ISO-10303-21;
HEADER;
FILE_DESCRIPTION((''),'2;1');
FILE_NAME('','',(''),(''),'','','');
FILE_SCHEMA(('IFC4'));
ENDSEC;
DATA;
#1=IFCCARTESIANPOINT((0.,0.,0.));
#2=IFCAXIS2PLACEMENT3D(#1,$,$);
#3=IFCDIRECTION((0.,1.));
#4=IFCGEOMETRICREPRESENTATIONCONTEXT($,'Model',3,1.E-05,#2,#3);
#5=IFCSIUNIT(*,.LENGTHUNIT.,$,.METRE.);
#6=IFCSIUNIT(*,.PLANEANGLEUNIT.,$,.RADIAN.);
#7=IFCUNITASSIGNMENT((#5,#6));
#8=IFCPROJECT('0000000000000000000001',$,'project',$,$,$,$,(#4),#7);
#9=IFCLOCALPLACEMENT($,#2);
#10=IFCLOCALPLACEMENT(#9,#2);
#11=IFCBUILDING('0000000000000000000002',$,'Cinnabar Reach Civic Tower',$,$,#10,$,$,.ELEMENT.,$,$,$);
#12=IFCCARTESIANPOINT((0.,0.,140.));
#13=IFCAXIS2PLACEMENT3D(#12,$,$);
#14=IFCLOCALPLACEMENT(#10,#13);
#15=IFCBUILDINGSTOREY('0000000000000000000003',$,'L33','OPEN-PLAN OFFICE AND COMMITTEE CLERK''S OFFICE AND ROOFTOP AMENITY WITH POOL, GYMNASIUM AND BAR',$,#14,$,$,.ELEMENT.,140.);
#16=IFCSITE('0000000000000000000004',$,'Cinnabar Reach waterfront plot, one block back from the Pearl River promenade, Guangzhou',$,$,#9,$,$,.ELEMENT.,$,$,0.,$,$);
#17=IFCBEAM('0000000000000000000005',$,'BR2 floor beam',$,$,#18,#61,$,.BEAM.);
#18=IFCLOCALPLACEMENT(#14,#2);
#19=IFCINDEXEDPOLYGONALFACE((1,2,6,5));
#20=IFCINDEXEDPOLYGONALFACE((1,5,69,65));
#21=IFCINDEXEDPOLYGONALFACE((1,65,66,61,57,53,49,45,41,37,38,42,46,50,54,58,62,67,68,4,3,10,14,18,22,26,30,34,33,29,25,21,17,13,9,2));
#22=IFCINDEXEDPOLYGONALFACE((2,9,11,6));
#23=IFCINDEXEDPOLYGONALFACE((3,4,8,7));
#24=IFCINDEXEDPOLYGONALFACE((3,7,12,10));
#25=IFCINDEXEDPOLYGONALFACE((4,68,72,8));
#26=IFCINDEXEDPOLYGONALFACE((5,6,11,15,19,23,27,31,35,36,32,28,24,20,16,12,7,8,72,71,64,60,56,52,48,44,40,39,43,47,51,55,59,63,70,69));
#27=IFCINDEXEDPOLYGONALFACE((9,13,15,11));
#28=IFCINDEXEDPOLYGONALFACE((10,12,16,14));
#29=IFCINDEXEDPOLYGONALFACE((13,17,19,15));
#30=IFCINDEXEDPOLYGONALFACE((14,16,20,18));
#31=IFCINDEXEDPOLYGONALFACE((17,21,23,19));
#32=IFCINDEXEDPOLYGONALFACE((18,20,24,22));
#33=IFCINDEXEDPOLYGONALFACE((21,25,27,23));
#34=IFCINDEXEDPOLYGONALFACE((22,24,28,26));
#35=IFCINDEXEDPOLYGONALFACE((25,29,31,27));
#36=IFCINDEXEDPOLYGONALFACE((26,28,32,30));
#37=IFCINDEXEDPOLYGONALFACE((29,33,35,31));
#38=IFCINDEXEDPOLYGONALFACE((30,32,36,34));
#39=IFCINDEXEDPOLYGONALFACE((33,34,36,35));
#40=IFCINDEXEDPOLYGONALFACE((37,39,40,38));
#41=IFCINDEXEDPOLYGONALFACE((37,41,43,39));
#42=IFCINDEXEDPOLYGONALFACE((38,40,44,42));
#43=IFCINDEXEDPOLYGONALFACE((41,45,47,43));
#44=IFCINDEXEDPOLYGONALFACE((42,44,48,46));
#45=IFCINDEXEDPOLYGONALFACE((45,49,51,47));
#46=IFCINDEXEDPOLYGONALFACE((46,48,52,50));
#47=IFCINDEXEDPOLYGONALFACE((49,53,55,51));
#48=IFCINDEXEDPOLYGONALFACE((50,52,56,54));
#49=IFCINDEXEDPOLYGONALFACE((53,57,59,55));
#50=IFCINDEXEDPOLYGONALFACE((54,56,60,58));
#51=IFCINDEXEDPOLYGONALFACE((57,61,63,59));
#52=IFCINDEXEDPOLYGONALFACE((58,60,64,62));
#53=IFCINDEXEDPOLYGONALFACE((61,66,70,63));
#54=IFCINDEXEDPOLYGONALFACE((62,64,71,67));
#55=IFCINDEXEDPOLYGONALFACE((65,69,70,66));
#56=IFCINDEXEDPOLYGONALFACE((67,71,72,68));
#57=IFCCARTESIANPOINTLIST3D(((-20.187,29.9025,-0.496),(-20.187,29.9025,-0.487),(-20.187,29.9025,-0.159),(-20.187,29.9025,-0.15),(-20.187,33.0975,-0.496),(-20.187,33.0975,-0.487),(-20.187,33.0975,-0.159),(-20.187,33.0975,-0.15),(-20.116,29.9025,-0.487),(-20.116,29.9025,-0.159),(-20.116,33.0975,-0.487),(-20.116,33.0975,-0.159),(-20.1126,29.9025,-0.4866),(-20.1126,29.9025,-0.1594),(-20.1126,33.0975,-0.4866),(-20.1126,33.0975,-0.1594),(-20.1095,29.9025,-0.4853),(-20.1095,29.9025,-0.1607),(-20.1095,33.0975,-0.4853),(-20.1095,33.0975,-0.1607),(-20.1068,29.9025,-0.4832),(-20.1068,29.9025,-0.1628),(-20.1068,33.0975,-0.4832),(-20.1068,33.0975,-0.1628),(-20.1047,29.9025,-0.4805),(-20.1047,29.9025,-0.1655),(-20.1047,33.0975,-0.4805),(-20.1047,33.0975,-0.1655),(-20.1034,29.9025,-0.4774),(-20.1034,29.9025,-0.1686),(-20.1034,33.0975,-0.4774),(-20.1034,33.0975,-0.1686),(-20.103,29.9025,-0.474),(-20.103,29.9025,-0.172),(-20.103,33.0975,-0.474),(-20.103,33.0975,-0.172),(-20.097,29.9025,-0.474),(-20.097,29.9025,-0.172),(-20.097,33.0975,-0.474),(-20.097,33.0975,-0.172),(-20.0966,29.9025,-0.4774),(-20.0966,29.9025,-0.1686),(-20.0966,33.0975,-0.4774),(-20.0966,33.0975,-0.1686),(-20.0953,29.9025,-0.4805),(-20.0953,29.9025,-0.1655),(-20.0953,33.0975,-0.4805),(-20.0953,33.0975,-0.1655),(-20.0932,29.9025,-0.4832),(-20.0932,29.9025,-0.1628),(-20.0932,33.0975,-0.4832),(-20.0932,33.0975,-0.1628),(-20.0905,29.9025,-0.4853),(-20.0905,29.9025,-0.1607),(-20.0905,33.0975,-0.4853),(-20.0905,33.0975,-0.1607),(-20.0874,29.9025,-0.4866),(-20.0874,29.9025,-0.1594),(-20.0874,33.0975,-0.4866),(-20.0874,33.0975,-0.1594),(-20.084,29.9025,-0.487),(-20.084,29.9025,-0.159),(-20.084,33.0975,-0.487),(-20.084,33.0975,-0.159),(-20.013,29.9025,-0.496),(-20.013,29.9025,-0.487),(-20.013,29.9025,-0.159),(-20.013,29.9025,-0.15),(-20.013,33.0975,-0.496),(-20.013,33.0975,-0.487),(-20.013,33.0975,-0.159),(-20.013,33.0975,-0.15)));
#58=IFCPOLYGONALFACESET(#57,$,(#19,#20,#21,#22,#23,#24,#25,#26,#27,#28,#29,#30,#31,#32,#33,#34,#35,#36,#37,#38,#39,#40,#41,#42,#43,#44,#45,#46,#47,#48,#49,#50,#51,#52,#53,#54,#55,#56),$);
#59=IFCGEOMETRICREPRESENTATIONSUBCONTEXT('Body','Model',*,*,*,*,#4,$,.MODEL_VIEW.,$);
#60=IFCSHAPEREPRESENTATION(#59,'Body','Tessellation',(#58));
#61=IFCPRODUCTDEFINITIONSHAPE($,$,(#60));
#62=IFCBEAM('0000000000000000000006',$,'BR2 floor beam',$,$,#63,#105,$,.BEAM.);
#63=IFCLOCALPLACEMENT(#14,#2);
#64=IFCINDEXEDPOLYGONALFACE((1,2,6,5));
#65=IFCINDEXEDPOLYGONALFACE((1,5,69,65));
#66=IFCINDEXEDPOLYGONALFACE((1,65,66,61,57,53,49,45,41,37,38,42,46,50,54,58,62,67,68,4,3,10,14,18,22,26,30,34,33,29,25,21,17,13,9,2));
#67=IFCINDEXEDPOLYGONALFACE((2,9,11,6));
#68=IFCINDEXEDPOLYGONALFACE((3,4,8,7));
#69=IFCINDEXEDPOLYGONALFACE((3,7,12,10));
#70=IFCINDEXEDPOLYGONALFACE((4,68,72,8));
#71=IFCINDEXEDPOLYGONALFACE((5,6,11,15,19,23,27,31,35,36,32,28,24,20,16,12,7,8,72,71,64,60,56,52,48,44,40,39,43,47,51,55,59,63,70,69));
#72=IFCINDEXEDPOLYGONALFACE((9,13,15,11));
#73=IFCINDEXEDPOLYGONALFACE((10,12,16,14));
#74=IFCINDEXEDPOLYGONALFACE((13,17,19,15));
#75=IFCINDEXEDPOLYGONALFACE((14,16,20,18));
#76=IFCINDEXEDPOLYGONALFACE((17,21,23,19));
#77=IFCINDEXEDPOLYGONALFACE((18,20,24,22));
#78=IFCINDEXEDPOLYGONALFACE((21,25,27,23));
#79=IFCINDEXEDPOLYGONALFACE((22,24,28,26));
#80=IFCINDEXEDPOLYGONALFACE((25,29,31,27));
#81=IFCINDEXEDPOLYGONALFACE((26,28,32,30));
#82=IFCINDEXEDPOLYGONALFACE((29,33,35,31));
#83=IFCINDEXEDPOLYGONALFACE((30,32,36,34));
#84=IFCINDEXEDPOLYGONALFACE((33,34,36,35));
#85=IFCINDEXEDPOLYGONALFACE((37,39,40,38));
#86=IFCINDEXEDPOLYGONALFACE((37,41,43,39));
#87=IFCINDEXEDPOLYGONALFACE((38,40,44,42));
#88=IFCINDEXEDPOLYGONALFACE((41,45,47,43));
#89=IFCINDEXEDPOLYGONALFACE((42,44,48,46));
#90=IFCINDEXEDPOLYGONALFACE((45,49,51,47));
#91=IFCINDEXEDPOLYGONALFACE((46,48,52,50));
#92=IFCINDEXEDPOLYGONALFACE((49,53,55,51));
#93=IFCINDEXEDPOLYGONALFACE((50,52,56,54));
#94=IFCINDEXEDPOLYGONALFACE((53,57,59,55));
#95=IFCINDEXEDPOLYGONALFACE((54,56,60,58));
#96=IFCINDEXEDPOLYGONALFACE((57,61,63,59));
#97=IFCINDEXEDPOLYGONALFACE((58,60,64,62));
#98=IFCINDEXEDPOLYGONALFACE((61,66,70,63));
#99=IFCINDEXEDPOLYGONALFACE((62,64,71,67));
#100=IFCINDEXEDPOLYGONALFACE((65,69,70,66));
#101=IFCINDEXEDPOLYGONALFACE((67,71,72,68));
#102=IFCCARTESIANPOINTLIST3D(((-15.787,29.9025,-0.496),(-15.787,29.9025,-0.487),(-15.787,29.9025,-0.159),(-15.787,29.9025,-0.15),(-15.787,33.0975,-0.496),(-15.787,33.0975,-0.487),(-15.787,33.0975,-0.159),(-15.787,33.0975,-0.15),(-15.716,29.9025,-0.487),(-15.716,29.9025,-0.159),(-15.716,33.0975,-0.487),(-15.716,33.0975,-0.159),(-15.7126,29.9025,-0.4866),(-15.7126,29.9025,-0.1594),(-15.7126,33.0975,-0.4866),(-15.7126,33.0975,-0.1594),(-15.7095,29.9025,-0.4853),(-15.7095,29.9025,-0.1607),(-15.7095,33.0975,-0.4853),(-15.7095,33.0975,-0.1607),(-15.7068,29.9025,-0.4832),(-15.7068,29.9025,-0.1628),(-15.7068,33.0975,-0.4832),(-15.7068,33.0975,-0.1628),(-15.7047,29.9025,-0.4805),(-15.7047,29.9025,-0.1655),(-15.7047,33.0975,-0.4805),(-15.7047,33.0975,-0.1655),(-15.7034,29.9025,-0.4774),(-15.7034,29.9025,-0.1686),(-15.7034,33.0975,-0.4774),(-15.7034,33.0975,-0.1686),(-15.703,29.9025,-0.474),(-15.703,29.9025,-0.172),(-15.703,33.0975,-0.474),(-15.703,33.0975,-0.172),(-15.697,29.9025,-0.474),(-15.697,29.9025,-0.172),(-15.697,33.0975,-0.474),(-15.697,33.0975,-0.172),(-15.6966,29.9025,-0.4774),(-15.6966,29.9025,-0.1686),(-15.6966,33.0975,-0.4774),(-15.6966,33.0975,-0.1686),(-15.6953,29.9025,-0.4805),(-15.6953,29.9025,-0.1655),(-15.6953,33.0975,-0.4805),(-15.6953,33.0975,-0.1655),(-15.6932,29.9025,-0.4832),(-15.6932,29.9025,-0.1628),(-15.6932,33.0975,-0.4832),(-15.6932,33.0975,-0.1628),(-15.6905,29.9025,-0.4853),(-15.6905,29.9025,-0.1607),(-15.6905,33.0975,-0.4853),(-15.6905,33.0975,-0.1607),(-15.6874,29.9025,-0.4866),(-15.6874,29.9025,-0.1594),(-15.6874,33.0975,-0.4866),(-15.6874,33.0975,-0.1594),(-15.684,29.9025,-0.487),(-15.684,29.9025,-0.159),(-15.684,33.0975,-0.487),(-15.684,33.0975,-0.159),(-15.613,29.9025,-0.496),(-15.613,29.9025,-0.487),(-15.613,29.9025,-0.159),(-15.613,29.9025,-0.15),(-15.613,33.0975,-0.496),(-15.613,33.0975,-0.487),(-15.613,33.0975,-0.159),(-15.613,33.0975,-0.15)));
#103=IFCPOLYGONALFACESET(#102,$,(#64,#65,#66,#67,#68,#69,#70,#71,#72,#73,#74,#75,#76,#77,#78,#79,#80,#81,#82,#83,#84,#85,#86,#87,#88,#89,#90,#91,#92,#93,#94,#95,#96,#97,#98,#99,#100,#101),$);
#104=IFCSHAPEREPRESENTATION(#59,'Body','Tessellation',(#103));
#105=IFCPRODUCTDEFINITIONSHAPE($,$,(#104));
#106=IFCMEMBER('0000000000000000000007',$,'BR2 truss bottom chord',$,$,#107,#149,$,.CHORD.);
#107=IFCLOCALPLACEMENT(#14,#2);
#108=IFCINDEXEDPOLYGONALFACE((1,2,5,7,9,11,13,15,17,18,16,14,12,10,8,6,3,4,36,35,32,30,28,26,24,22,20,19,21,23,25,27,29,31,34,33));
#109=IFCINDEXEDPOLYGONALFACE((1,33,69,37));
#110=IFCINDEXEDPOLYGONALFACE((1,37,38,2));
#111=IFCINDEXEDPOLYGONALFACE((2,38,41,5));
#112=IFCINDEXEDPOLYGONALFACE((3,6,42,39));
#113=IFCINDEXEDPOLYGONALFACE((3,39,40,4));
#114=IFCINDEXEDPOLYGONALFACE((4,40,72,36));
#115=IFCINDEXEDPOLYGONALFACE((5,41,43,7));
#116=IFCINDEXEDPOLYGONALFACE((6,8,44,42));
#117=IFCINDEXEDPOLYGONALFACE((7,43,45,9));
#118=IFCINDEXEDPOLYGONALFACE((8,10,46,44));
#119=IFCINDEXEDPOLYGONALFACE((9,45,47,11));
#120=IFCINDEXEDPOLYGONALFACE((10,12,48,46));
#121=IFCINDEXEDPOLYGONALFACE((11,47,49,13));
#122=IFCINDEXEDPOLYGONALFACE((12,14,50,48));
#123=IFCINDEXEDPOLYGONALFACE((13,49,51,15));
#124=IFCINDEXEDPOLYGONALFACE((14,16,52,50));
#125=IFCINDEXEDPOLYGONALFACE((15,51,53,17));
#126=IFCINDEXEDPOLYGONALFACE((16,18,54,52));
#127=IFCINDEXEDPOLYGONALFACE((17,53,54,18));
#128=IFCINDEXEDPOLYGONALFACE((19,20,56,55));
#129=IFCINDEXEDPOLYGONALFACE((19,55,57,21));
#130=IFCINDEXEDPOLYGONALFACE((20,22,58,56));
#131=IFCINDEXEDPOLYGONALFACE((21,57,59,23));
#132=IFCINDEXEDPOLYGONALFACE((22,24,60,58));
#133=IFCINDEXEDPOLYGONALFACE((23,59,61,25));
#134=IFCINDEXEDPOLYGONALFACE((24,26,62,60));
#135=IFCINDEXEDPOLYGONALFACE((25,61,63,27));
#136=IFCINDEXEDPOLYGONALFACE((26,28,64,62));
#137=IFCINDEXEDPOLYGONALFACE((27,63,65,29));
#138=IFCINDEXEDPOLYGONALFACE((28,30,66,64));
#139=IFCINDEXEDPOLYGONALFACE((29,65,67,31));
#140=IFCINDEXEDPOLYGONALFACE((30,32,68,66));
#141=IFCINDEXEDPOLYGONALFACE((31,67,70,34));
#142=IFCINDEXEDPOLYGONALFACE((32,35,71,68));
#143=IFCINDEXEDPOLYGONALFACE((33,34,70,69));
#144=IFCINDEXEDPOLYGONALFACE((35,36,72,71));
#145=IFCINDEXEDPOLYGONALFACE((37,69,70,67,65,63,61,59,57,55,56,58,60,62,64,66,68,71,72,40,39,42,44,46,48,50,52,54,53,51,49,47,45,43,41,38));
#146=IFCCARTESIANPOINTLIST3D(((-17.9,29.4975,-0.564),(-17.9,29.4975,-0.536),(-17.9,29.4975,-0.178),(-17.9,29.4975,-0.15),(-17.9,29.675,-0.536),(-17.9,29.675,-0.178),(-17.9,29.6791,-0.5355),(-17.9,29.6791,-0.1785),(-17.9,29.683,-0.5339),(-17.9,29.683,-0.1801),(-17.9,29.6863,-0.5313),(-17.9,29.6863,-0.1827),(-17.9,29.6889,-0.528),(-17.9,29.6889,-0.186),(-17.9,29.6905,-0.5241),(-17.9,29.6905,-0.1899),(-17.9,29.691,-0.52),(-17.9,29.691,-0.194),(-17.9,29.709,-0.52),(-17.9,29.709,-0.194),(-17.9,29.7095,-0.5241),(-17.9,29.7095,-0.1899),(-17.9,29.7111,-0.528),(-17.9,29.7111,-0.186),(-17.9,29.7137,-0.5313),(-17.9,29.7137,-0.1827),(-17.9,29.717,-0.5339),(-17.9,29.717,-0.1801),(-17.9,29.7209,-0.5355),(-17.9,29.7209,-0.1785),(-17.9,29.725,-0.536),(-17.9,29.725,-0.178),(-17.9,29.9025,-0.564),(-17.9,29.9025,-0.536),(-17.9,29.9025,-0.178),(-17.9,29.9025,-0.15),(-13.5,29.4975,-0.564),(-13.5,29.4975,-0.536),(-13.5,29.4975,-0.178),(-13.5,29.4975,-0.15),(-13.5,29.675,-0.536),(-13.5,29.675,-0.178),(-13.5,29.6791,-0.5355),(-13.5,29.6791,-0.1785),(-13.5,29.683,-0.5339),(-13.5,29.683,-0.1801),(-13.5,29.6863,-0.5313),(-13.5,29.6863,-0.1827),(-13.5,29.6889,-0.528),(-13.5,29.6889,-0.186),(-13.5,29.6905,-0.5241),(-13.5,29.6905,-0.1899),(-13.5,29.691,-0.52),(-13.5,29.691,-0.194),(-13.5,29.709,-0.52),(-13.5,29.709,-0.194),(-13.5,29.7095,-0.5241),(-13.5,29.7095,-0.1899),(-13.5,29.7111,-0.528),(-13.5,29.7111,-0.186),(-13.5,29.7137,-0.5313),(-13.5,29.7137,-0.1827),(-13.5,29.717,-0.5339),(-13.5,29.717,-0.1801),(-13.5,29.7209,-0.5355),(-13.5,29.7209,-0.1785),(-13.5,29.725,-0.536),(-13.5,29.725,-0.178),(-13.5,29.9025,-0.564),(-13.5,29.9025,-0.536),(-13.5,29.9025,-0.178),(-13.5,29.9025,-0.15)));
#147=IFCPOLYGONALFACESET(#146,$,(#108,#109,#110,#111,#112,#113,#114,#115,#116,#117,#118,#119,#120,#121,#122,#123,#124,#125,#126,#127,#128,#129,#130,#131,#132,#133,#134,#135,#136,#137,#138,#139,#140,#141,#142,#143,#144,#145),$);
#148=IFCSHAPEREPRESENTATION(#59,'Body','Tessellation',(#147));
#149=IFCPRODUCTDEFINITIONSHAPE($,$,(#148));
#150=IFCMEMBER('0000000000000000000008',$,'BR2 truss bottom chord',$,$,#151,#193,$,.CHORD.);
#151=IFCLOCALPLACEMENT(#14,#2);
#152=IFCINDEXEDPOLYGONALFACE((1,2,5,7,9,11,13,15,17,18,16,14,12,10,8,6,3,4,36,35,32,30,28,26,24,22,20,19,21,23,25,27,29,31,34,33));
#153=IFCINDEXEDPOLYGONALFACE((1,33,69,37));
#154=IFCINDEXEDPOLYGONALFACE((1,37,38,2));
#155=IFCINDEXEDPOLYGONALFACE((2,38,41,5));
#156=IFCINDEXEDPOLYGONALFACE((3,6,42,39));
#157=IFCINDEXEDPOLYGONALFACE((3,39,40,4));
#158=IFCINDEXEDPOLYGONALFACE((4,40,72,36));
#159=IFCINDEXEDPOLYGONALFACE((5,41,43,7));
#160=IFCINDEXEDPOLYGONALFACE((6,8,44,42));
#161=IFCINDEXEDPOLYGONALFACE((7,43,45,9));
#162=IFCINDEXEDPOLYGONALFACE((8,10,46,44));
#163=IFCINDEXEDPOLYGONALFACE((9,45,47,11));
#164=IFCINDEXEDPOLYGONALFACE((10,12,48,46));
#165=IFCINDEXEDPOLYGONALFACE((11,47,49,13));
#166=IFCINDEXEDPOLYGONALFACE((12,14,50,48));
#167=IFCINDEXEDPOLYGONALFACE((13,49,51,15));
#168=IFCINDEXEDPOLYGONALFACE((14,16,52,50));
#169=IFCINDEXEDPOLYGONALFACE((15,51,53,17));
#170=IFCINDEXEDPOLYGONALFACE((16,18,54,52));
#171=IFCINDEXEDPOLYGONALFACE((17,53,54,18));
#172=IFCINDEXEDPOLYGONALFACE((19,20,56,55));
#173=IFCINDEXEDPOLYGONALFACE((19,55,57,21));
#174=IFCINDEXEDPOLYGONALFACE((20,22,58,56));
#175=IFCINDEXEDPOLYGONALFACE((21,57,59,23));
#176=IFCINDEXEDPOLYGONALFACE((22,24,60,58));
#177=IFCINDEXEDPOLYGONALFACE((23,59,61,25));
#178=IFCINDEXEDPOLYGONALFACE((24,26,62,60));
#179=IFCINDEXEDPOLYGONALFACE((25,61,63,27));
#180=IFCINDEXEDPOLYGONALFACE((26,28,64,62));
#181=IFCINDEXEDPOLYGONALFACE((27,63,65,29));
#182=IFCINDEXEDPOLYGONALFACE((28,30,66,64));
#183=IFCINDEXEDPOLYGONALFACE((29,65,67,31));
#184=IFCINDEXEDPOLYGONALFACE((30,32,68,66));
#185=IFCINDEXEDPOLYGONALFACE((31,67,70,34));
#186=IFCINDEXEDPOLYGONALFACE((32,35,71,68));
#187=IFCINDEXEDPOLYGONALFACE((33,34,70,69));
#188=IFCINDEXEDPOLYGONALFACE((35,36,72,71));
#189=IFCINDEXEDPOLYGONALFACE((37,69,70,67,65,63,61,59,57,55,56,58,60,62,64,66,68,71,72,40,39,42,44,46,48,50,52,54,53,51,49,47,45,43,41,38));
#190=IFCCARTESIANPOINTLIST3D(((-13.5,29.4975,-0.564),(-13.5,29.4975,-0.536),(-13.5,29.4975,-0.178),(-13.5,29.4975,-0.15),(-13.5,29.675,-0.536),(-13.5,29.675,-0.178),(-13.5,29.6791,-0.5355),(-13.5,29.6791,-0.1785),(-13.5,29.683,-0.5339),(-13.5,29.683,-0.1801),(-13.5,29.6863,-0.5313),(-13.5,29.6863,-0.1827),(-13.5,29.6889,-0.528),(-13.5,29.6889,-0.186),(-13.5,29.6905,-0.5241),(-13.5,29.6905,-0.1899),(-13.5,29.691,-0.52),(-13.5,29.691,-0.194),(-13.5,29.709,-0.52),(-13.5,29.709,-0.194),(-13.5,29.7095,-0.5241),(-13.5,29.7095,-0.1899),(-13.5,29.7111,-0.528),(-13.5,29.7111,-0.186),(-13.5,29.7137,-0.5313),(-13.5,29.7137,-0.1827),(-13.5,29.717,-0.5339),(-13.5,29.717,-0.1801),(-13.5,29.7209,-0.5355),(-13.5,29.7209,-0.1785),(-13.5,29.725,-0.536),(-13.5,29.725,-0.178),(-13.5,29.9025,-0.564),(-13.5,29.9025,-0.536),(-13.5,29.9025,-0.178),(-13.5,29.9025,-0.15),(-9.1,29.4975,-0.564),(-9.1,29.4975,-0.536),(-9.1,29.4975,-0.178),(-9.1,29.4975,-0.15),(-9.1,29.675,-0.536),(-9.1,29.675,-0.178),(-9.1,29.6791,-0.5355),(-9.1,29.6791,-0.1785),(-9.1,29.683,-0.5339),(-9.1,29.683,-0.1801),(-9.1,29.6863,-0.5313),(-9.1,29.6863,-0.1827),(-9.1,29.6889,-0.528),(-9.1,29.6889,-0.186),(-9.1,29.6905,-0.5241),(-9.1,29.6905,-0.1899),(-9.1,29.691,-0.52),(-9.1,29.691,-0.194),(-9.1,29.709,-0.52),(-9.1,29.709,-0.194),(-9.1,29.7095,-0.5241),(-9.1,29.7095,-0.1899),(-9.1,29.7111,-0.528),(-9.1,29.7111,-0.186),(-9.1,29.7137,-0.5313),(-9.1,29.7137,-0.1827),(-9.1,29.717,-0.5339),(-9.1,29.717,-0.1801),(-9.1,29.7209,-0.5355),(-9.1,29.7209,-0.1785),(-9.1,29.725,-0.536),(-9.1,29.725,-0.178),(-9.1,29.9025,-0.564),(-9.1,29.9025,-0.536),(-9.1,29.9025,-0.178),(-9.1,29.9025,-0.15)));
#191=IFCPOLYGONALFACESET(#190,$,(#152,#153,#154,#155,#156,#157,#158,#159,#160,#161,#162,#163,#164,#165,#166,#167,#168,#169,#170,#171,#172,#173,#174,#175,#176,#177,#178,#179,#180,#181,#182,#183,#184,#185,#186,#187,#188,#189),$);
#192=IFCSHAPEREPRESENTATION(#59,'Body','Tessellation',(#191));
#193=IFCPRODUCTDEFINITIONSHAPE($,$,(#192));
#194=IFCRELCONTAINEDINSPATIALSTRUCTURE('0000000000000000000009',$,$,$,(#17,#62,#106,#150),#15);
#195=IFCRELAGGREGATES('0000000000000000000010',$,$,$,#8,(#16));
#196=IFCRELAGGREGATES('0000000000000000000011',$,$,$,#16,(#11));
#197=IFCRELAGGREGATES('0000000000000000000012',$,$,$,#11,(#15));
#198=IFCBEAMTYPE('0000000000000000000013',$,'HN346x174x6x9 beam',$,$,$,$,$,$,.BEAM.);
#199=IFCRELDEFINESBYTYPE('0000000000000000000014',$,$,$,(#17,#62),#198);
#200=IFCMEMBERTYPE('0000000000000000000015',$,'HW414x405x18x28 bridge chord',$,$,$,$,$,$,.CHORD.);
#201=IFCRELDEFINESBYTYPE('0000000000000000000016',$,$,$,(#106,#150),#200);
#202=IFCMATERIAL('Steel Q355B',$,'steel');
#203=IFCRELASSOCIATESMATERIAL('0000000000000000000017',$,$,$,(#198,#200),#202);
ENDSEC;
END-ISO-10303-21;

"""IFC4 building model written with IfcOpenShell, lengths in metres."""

from ifc_helpers import new_model, si_unit, direction, frame, origin, origin_2d, place, context, subcontext, project, spatial, i_section, extrude, material, material_profile, profile_set, type_object, element, save


model = new_model("IFC4")

# Units and contexts
model_context = context("Model", 3, precision=1e-05, world=origin(), true_north=direction((0.0, 1.0)))
body_context = subcontext(model_context, "Body", "Model", "MODEL_VIEW")
ifc_project = project(units=[si_unit("LENGTHUNIT", "METRE"), si_unit("PLANEANGLEUNIT", "RADIAN")], contexts=[model_context])

# Site, building, storey
site_placement = place(None, origin())
site = spatial("IfcSite", under=ifc_project, at=site_placement, Name="Cinnabar Reach waterfront plot, one block back from the Pearl River promenade, Guangzhou", CompositionType="ELEMENT", RefElevation=0.0)
building_placement = place(site_placement, origin())
building = spatial("IfcBuilding", under=site, at=building_placement, Name="Cinnabar Reach Civic Tower", CompositionType="ELEMENT")
storey_placement = place(building_placement, frame((0.0, 0.0, 140.0)))
storey = spatial("IfcBuildingStorey", under=building, at=storey_placement, Name="L33", Description="OPEN-PLAN OFFICE AND COMMITTEE CLERK'S OFFICE AND ROOFTOP AMENITY WITH POOL, GYMNASIUM AND BAR", CompositionType="ELEMENT", Elevation=140.0)

# Shared definitions
ifc_material_1 = material(Name="Steel Q355B", Category="steel")

# Beams
ifc_material_profile_1 = material_profile(ifc_material_1, i_section(OverallWidth=0.174, OverallDepth=0.346, WebThickness=0.006, FlangeThickness=0.009, FilletRadius=0.013, at=origin_2d()), Name="HN346x174x6x9")
ifc_profile_set_1 = profile_set([ifc_material_profile_1], Name="Steel Q355B")
beam_type_1 = type_object("IfcBeamType", Name="HN346x174x6x9 beam", PredefinedType="BEAM", material=ifc_profile_set_1)
for number, where, z_axis, x_axis, name in (
    (1, (-20.1, 29.9025, -0.323), (0.0, 1.0, 0.0), (-1.0, 0.0, 0.0), "BR2 floor beam"),
    (2, (-15.7, 29.9025, -0.323), (0.0, 1.0, 0.0), (-1.0, 0.0, 0.0), "BR2 floor beam"),
):
    element("IfcBeam", number, at=place(storey_placement, frame(where, z_axis=z_axis, x_axis=x_axis)), inside=storey, type_object=beam_type_1, Name=name, PredefinedType="BEAM", context=body_context, shape_type="SweptSolid", body=[
        extrude(i_section(OverallWidth=0.174, OverallDepth=0.346, WebThickness=0.006, FlangeThickness=0.009, FilletRadius=0.013, at=origin_2d()), origin(), (0.0, 0.0, 1.0), 3.195),
    ])

# Members
ifc_material_profile_2 = material_profile(ifc_material_1, i_section(OverallWidth=0.405, OverallDepth=0.414, WebThickness=0.018, FlangeThickness=0.028, FilletRadius=0.016, at=origin_2d()), Name="HW414x405x18x28")
ifc_profile_set_2 = profile_set([ifc_material_profile_2], Name="Steel Q355B")
member_type_1 = type_object("IfcMemberType", Name="HW414x405x18x28 bridge chord", PredefinedType="CHORD", material=ifc_profile_set_2)
for number, where, z_axis, x_axis, name in (
    (3, (-17.9, 29.7, -0.357), (1.0, 0.0, 0.0), (0.0, 1.0, 0.0), "BR2 truss bottom chord"),
    (4, (-13.5, 29.7, -0.357), (1.0, 0.0, 0.0), (0.0, 1.0, 0.0), "BR2 truss bottom chord"),
):
    element("IfcMember", number, at=place(storey_placement, frame(where, z_axis=z_axis, x_axis=x_axis)), inside=storey, type_object=member_type_1, Name=name, PredefinedType="CHORD", context=body_context, shape_type="SweptSolid", body=[
        extrude(i_section(OverallWidth=0.405, OverallDepth=0.414, WebThickness=0.018, FlangeThickness=0.028, FilletRadius=0.016, at=origin_2d()), origin(), (0.0, 0.0, 1.0), 4.4),
    ])

save(model, "model.ifc")
